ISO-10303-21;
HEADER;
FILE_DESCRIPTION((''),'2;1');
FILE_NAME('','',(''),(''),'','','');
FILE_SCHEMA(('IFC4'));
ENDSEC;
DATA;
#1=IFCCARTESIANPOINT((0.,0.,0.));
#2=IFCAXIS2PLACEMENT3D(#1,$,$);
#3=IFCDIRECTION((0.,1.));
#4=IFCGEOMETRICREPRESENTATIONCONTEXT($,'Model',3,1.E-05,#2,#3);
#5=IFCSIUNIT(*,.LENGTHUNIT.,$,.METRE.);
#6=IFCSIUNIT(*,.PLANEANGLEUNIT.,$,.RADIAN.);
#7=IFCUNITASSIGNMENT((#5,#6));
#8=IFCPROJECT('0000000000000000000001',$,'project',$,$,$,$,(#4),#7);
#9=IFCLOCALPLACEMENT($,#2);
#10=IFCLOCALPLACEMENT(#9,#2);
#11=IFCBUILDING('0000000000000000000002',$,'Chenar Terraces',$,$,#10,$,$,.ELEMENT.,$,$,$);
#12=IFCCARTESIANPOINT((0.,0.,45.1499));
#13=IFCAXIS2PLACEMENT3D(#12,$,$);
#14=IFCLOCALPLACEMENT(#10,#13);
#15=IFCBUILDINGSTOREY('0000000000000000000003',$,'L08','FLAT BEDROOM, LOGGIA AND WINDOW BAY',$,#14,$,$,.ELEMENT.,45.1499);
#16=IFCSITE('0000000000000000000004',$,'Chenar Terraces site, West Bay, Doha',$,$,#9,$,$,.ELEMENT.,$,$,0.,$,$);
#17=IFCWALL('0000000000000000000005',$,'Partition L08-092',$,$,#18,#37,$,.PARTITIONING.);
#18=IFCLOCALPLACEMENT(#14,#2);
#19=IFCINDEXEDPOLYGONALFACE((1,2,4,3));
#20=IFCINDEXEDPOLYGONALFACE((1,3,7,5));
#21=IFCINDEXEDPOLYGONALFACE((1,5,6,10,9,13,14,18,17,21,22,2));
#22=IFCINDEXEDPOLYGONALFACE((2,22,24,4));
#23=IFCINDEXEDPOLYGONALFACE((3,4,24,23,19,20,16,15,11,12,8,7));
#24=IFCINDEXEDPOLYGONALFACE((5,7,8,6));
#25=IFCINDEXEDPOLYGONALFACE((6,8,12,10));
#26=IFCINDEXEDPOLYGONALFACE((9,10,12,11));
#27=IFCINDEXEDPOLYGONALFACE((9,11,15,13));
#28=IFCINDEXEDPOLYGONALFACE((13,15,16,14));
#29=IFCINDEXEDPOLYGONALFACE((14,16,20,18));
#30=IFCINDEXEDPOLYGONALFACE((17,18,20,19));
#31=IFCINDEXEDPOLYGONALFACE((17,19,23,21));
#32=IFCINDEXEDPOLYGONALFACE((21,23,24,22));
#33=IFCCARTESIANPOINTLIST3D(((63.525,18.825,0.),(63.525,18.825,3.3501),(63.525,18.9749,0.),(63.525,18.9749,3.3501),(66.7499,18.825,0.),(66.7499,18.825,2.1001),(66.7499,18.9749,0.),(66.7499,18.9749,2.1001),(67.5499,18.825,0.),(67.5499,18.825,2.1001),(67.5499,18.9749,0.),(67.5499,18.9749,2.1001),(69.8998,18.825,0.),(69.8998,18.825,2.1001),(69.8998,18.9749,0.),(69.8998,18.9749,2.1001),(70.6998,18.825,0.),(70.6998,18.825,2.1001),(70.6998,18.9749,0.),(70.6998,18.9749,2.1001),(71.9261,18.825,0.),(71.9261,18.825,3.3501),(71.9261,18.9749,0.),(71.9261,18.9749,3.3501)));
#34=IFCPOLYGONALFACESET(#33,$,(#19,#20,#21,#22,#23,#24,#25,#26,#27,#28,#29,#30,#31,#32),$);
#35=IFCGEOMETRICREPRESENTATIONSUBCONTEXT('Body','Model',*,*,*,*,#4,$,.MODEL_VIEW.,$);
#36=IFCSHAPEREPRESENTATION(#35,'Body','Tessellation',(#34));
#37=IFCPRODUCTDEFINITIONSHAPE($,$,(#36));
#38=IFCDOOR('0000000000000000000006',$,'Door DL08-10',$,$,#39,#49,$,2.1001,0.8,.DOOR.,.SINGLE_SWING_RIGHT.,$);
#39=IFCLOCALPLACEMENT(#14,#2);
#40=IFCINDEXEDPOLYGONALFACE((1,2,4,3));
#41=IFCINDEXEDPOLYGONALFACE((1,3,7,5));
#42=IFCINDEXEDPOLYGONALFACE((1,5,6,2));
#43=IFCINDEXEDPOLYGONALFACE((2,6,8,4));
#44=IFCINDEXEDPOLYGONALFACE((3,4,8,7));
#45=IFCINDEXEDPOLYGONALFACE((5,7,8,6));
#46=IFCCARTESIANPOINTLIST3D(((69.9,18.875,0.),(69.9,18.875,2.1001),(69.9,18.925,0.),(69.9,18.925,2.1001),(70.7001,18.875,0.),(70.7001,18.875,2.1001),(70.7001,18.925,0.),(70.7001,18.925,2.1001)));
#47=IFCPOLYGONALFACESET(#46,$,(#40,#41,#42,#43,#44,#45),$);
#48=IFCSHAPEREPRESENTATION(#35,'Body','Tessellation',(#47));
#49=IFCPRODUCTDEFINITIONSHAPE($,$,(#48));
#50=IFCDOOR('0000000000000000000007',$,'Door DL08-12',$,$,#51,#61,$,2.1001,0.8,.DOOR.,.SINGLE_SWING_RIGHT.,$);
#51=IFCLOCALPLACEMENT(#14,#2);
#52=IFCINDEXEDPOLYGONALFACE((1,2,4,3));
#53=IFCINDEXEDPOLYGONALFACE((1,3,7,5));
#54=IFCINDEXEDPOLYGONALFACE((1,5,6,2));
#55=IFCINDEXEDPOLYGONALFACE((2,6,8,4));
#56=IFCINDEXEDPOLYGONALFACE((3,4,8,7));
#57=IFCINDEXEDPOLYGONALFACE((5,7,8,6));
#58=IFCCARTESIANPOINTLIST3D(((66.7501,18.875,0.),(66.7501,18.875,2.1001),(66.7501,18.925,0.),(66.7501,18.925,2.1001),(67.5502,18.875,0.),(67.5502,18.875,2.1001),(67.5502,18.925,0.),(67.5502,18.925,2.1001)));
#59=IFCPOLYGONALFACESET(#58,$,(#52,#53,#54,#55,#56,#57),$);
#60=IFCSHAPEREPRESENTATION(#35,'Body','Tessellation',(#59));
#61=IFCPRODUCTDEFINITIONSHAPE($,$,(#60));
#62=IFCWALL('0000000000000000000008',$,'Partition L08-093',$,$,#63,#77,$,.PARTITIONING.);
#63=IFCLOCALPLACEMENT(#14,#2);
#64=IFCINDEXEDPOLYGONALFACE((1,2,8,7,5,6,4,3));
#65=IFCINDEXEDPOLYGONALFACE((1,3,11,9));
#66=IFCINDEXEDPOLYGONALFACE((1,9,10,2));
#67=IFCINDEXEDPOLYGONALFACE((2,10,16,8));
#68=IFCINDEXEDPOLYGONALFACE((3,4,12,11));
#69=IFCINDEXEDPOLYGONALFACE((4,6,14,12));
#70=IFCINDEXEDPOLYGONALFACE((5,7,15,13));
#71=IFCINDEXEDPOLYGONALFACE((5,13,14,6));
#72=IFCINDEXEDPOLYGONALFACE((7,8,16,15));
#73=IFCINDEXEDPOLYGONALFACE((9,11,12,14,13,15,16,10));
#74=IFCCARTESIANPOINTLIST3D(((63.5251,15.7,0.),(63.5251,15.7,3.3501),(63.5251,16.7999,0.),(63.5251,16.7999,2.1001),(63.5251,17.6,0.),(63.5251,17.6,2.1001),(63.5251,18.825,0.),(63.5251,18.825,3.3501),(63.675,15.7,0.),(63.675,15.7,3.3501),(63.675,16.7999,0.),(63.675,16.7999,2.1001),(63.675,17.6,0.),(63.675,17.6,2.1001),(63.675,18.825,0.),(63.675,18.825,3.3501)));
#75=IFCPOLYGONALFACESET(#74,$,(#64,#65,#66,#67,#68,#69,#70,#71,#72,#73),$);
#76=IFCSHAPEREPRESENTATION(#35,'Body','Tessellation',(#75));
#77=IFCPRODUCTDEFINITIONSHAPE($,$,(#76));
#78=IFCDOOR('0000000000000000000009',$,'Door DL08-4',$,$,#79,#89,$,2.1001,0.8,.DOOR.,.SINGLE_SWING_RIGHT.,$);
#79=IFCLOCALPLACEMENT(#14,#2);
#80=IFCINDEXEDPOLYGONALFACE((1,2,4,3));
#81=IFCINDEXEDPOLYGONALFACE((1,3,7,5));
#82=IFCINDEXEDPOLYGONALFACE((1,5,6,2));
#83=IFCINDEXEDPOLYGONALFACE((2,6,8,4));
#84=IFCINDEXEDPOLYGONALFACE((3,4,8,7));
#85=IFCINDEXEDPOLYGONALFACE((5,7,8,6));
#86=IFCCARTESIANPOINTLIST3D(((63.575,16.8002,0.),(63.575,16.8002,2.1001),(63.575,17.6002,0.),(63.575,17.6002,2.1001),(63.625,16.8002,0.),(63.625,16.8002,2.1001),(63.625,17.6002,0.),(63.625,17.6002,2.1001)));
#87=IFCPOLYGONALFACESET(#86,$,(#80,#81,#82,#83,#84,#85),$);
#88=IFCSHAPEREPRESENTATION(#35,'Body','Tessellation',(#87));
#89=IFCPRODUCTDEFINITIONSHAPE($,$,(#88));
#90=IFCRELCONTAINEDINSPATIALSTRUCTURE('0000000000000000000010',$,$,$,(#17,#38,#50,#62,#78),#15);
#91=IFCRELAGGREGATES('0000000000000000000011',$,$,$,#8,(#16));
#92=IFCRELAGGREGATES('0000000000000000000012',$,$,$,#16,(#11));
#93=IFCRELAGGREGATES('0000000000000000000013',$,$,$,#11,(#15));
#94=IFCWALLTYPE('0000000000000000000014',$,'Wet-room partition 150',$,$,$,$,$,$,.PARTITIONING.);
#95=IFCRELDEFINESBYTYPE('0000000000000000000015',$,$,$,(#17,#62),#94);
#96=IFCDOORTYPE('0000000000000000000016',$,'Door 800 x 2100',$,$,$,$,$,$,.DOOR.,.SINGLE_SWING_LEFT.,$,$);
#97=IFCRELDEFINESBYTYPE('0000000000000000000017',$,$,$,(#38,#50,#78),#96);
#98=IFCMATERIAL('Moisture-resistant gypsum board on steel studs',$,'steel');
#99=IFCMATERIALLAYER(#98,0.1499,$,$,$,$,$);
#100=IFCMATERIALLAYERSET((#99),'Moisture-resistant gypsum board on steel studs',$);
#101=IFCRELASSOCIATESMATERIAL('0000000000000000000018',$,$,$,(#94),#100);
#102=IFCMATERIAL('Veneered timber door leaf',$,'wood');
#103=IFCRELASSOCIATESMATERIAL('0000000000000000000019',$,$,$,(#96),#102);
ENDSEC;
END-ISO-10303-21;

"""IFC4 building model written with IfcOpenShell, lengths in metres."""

from ifc_helpers import new_model, si_unit, direction, frame, frame_2d, origin, place, context, subcontext, project, spatial, rectangle, extrude, material, layer, layer_set, type_object, element, fill, save


model = new_model("IFC4")

# Units and contexts
model_context = context("Model", 3, precision=1e-05, world=origin(), true_north=direction((0.0, 1.0)))
body_context = subcontext(model_context, "Body", "Model", "MODEL_VIEW")
ifc_project = project(units=[si_unit("LENGTHUNIT", "METRE"), si_unit("PLANEANGLEUNIT", "RADIAN")], contexts=[model_context])

# Site, building, storey
site_placement = place(None, origin())
site = spatial("IfcSite", under=ifc_project, at=site_placement, Name="Chenar Terraces site, West Bay, Doha", CompositionType="ELEMENT", RefElevation=0.0)
building_placement = place(site_placement, origin())
building = spatial("IfcBuilding", under=site, at=building_placement, Name="Chenar Terraces", CompositionType="ELEMENT")
storey_placement = place(building_placement, frame((0.0, 0.0, 45.1499)))
storey = spatial("IfcBuildingStorey", under=building, at=storey_placement, Name="L08", Description="FLAT BEDROOM, LOGGIA AND WINDOW BAY", CompositionType="ELEMENT", Elevation=45.1499)

# Wall, openings, doors
ifc_material_1 = material(Name="Moisture-resistant gypsum board on steel studs", Category="steel")
ifc_layer_1 = layer(ifc_material_1, 0.1499)
ifc_layer_set_1 = layer_set([ifc_layer_1], Name="Moisture-resistant gypsum board on steel studs")
wall_type_1 = type_object("IfcWallType", Name="Wet-room partition 150", PredefinedType="PARTITIONING", material=ifc_layer_set_1)
wall_1_placement = place(storey_placement, frame((63.5249, 18.8999, 0.0), z_axis=(0.0, 0.0, 1.0), x_axis=(1.0, 0.0, 0.0)))
wall_1 = element("IfcWall", 1, at=wall_1_placement, inside=storey, type_object=wall_type_1, Name="Partition L08-092", PredefinedType="PARTITIONING", context=body_context, shape_type="SweptSolid", body=[
    extrude(rectangle(XDim=8.4011, YDim=0.1499, at=frame_2d((4.2007, 0.0))), origin(), (0.0, 0.0, 1.0), 3.3501),
])
opening_1_placement = place(wall_1_placement, frame((6.375, 0.0, 0.0)))
opening_1 = element("IfcOpeningElement", 2, at=opening_1_placement, cuts=wall_1, PredefinedType="OPENING", context=body_context, shape_type="SweptSolid", body=[
    extrude(rectangle(XDim=0.8, YDim=2.1001, at=frame_2d((0.3999, 1.05))), frame((0.0, 0.085, 0.0), z_axis=(0.0, -1.0, 0.0), x_axis=(1.0, 0.0, 0.0)), (0.0, 0.0, 1.0), 0.1699),
])
opening_2_placement = place(wall_1_placement, frame((3.2251, 0.0, 0.0)))
opening_2 = element("IfcOpeningElement", 3, at=opening_2_placement, cuts=wall_1, PredefinedType="OPENING", context=body_context, shape_type="SweptSolid", body=[
    extrude(rectangle(XDim=0.8, YDim=2.1001, at=frame_2d((0.3999, 1.05))), frame((0.0, 0.085, 0.0), z_axis=(0.0, -1.0, 0.0), x_axis=(1.0, 0.0, 0.0)), (0.0, 0.0, 1.0), 0.1699),
])
ifc_material_2 = material(Name="Veneered timber door leaf", Category="wood")
door_type_1 = type_object("IfcDoorType", Name="Door 800 x 2100", OperationType="SINGLE_SWING_LEFT", PredefinedType="DOOR", material=ifc_material_2)
door_1_placement = place(opening_1_placement, frame((0.8, 0.0, 0.0), z_axis=(0.0, 0.0, 1.0), x_axis=(-1.0, 0.0, 0.0)))
door_1 = element("IfcDoor", 4, at=door_1_placement, inside=storey, type_object=door_type_1, Name="Door DL08-10", OperationType="SINGLE_SWING_RIGHT", OverallHeight=2.1001, OverallWidth=0.8, PredefinedType="DOOR", context=body_context, shape_type="SweptSolid", body=[
    extrude(rectangle(XDim=0.8, YDim=2.1001, at=frame_2d((0.3999, 1.05))), frame((0.0, 0.0249, 0.0), z_axis=(0.0, -1.0, 0.0), x_axis=(1.0, 0.0, 0.0)), (0.0, 0.0, 1.0), 0.05),
])
fill(opening_1, door_1)
door_2_placement = place(opening_2_placement, frame((0.8, 0.0, 0.0), z_axis=(0.0, 0.0, 1.0), x_axis=(-1.0, 0.0, 0.0)))
door_2 = element("IfcDoor", 5, at=door_2_placement, inside=storey, type_object=door_type_1, Name="Door DL08-12", OperationType="SINGLE_SWING_RIGHT", OverallHeight=2.1001, OverallWidth=0.8, PredefinedType="DOOR", context=body_context, shape_type="SweptSolid", body=[
    extrude(rectangle(XDim=0.8, YDim=2.1001, at=frame_2d((0.3999, 1.05))), frame((0.0, 0.0249, 0.0), z_axis=(0.0, -1.0, 0.0), x_axis=(1.0, 0.0, 0.0)), (0.0, 0.0, 1.0), 0.05),
])
fill(opening_2, door_2)

# Wall, opening, door
wall_2_placement = place(storey_placement, frame((63.6001, 15.7, 0.0), z_axis=(0.0, 0.0, 1.0), x_axis=(0.0, 1.0, 0.0)))
wall_2 = element("IfcWall", 6, at=wall_2_placement, inside=storey, type_object=wall_type_1, Name="Partition L08-093", PredefinedType="PARTITIONING", context=body_context, shape_type="SweptSolid", body=[
    extrude(rectangle(XDim=3.125, YDim=0.1499, at=frame_2d((1.5625, 0.0))), origin(), (0.0, 0.0, 1.0), 3.3501),
])
opening_3_placement = place(wall_2_placement, frame((1.1001, 0.0, 0.0)))
opening_3 = element("IfcOpeningElement", 7, at=opening_3_placement, cuts=wall_2, PredefinedType="OPENING", context=body_context, shape_type="SweptSolid", body=[
    extrude(rectangle(XDim=0.8, YDim=2.1001, at=frame_2d((0.3999, 1.05))), frame((0.0, 0.085, 0.0), z_axis=(0.0, -1.0, 0.0), x_axis=(1.0, 0.0, 0.0)), (0.0, 0.0, 1.0), 0.1699),
])
door_3_placement = place(opening_3_placement, frame((0.8, 0.0, 0.0), z_axis=(0.0, 0.0, 1.0), x_axis=(-1.0, 0.0, 0.0)))
door_3 = element("IfcDoor", 8, at=door_3_placement, inside=storey, type_object=door_type_1, Name="Door DL08-4", OperationType="SINGLE_SWING_RIGHT", OverallHeight=2.1001, OverallWidth=0.8, PredefinedType="DOOR", context=body_context, shape_type="SweptSolid", body=[
    extrude(rectangle(XDim=0.8, YDim=2.1001, at=frame_2d((0.3999, 1.05))), frame((0.0, 0.0249, 0.0), z_axis=(0.0, -1.0, 0.0), x_axis=(1.0, 0.0, 0.0)), (0.0, 0.0, 1.0), 0.05),
])
fill(opening_3, door_3)

save(model, "model.ifc")
